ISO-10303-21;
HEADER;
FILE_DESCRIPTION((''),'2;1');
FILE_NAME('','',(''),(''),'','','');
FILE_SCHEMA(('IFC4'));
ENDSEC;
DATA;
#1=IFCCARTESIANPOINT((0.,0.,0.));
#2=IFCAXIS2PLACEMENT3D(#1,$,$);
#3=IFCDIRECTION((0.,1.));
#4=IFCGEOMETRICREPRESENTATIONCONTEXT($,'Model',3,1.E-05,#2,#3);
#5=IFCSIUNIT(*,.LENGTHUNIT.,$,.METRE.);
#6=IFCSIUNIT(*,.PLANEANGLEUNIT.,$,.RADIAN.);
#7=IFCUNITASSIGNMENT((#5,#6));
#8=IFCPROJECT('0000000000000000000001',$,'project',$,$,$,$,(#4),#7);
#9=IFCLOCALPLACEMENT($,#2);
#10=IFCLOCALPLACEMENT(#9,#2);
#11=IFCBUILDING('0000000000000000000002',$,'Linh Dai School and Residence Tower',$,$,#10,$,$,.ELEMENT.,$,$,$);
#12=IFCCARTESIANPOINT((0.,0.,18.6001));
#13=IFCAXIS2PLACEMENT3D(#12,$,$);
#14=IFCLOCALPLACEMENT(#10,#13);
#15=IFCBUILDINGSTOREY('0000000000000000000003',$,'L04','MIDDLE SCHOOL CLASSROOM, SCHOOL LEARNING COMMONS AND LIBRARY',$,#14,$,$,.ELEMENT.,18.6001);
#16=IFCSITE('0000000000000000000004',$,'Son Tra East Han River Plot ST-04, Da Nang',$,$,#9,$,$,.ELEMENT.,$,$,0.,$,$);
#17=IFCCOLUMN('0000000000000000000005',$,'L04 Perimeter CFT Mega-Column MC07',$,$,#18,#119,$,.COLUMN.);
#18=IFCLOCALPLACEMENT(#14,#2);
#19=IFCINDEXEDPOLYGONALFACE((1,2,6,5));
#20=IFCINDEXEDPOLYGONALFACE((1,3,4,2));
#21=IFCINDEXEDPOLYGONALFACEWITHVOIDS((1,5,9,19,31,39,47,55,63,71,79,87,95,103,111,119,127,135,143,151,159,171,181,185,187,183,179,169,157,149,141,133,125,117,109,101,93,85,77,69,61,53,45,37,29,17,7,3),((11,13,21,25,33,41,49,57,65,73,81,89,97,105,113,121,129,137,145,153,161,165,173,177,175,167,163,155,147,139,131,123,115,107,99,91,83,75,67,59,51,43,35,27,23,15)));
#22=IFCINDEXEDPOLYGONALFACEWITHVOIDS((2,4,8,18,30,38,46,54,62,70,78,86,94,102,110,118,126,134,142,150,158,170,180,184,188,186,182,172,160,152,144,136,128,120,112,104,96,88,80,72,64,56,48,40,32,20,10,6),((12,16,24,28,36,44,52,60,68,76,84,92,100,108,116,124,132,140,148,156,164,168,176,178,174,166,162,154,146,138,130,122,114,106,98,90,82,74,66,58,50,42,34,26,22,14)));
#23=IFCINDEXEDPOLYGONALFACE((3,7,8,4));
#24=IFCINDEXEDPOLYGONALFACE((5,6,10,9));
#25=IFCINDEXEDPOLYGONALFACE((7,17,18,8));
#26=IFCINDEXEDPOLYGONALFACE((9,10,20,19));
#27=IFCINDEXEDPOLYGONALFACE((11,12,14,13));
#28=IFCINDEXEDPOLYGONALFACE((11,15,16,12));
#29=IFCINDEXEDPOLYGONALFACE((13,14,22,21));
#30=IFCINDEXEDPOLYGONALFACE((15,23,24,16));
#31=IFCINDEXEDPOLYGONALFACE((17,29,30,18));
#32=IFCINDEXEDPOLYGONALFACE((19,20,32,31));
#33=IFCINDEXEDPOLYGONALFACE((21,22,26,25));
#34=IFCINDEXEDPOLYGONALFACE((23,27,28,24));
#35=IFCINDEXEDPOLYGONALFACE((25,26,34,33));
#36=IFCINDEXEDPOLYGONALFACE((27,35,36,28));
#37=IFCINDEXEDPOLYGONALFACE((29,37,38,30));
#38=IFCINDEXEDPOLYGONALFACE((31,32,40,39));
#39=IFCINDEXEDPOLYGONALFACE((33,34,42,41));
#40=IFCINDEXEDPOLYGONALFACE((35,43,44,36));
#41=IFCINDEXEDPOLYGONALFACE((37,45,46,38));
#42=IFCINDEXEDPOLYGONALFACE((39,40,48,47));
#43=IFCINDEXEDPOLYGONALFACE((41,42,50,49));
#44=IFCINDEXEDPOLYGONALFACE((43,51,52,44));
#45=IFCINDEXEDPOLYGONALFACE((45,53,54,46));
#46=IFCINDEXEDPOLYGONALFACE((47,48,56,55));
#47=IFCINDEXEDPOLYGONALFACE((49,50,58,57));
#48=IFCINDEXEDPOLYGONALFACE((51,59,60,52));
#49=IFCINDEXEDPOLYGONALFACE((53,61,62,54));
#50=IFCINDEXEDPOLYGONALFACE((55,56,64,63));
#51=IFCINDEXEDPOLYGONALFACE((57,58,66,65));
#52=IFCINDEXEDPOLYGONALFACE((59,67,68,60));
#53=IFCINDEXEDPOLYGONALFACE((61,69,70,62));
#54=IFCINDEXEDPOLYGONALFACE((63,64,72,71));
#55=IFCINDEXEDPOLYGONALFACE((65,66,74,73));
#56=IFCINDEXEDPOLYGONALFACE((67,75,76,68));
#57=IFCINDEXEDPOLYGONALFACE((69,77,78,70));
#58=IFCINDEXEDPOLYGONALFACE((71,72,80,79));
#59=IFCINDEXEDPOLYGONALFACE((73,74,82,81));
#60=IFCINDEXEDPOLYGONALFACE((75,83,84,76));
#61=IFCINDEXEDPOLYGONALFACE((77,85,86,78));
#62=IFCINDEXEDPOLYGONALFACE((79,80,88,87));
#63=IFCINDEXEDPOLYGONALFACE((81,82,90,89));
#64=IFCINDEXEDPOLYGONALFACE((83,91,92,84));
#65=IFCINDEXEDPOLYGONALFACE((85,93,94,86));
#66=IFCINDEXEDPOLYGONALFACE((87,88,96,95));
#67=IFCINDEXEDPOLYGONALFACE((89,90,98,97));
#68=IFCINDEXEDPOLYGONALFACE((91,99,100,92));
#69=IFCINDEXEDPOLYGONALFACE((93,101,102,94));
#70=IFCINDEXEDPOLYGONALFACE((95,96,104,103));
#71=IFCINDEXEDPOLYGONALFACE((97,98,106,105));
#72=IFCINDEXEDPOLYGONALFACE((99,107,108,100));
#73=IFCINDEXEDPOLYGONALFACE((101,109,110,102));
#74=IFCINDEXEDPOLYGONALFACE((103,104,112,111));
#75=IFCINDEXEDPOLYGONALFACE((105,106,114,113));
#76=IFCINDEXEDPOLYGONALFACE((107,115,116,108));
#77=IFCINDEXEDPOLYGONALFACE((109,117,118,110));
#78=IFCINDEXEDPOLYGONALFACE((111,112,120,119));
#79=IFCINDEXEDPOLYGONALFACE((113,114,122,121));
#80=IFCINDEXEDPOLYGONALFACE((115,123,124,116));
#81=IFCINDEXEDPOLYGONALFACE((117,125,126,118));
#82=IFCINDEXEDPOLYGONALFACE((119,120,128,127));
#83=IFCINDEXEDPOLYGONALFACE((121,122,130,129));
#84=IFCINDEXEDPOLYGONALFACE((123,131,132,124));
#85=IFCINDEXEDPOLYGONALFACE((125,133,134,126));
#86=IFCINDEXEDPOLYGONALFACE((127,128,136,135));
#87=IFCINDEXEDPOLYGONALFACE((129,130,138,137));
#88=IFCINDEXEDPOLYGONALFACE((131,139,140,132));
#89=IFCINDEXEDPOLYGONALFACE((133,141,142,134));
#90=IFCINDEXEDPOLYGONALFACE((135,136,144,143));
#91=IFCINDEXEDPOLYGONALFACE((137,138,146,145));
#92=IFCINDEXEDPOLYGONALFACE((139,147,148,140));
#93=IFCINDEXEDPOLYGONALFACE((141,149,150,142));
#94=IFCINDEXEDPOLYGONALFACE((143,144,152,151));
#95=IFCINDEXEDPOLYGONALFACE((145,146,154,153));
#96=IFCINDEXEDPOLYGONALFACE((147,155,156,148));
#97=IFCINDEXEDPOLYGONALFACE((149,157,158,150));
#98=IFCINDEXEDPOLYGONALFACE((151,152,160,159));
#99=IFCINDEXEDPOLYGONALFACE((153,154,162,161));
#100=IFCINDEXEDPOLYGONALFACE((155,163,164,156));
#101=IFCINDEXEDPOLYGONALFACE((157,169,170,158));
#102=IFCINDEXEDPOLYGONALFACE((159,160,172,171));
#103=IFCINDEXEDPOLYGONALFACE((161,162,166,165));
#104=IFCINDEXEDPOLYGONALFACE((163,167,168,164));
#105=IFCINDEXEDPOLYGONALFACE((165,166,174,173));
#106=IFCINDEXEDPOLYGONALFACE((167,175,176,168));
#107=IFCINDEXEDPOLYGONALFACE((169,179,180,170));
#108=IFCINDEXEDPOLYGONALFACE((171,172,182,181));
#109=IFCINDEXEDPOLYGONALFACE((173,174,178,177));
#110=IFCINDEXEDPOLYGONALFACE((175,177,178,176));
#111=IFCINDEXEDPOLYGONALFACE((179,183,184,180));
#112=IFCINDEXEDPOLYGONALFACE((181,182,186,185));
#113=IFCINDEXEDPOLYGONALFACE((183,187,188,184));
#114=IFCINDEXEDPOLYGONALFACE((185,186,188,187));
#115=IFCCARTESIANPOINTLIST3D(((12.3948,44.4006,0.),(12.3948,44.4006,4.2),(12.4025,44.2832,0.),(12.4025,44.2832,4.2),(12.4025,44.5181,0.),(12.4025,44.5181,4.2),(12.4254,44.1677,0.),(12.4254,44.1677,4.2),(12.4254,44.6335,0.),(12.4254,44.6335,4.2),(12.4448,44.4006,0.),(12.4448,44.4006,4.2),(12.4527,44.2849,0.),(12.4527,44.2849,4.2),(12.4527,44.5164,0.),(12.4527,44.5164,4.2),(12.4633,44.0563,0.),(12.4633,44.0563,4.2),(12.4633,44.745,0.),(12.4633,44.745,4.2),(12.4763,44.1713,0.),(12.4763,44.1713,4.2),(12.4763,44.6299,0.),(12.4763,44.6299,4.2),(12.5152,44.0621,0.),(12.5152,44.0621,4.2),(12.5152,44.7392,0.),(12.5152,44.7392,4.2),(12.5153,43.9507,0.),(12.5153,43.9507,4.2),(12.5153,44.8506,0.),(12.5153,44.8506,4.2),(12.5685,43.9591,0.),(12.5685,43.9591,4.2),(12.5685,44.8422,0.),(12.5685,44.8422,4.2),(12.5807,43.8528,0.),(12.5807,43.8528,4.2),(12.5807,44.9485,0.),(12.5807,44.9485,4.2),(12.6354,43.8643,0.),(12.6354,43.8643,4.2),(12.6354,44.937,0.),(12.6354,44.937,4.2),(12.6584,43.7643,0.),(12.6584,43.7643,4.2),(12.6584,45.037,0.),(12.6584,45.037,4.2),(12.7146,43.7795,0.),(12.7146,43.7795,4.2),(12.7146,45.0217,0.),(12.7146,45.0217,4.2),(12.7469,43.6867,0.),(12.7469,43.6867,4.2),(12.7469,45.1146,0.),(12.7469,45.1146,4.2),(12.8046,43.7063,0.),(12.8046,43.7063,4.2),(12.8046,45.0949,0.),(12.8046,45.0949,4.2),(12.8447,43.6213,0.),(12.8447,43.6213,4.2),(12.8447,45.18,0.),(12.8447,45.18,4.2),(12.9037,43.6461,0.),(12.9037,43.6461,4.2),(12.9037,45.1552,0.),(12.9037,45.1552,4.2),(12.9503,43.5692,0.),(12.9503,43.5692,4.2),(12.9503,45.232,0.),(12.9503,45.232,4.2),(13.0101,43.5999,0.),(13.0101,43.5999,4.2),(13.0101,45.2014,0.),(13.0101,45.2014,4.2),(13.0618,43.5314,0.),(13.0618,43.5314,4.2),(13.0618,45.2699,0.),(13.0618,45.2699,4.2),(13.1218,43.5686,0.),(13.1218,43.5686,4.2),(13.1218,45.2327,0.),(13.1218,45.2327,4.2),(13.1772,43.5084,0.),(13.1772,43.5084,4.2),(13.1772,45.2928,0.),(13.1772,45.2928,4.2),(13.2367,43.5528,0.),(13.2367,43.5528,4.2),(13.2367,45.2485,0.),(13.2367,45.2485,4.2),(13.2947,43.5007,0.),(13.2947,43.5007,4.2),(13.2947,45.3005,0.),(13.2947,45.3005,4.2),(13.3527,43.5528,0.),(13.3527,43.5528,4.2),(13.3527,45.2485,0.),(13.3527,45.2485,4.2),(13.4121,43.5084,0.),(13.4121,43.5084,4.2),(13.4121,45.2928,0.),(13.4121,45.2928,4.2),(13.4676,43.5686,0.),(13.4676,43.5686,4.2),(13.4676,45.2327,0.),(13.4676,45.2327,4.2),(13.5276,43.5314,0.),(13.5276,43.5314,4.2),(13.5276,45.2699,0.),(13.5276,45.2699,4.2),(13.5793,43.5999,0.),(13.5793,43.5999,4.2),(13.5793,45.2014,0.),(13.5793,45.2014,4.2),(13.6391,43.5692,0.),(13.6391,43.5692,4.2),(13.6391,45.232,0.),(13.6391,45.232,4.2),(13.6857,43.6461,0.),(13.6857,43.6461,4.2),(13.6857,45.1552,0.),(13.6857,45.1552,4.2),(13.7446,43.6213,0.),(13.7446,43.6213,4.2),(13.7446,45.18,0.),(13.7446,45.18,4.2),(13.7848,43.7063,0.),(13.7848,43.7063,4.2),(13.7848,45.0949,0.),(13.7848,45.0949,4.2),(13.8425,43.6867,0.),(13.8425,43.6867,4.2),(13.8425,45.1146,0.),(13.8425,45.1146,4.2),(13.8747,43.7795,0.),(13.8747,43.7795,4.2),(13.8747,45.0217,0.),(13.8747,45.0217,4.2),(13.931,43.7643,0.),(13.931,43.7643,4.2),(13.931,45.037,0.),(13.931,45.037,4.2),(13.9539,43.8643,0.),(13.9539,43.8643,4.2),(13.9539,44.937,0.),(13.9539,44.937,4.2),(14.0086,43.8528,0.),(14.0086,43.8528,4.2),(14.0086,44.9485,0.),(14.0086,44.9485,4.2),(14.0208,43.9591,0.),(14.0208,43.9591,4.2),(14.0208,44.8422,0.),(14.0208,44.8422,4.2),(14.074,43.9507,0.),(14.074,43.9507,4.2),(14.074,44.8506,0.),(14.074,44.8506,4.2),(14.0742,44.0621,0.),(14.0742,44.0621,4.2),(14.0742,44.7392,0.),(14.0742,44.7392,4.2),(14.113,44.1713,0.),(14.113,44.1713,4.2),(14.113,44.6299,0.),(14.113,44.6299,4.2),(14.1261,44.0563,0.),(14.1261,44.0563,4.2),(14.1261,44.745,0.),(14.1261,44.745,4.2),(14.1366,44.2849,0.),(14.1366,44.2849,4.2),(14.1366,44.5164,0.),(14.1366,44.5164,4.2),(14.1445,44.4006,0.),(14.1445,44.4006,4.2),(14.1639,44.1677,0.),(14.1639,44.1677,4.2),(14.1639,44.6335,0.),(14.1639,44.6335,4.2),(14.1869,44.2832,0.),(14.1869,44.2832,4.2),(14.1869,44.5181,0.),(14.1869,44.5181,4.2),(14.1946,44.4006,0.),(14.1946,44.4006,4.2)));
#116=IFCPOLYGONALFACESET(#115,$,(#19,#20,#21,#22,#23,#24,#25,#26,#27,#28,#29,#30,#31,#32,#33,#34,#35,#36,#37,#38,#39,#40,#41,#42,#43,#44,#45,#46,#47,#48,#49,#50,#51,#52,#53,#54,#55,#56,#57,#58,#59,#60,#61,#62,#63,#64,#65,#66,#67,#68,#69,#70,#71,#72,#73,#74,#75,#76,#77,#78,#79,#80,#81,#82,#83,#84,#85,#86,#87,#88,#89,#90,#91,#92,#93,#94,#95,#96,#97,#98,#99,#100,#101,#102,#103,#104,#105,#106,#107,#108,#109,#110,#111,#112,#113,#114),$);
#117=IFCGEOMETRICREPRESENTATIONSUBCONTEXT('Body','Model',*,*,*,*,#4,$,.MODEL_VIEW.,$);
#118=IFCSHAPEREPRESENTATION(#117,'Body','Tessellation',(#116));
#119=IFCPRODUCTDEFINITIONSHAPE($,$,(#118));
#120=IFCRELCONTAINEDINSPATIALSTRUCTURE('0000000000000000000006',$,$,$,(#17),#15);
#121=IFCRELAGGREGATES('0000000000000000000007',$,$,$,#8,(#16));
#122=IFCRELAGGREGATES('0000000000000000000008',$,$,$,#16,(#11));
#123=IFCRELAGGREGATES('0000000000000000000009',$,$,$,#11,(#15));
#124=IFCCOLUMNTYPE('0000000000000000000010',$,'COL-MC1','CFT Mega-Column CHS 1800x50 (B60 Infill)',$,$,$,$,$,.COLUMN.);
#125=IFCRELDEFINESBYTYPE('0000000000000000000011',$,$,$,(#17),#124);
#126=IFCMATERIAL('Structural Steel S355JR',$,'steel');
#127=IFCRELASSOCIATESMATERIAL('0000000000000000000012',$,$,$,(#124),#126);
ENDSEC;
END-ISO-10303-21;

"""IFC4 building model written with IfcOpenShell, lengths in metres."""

from ifc_helpers import new_model, si_unit, direction, frame, origin, origin_2d, place, context, subcontext, project, spatial, hollow_circle, extrude, material, material_profile, profile_set, type_object, element, save


model = new_model("IFC4")

# Units and contexts
model_context = context("Model", 3, precision=1e-05, world=origin(), true_north=direction((0.0, 1.0)))
body_context = subcontext(model_context, "Body", "Model", "MODEL_VIEW")
ifc_project = project(units=[si_unit("LENGTHUNIT", "METRE"), si_unit("PLANEANGLEUNIT", "RADIAN")], contexts=[model_context])

# Site, building, storey
site_placement = place(None, origin())
site = spatial("IfcSite", under=ifc_project, at=site_placement, Name="Son Tra East Han River Plot ST-04, Da Nang", CompositionType="ELEMENT", RefElevation=0.0)
building_placement = place(site_placement, origin())
building = spatial("IfcBuilding", under=site, at=building_placement, Name="Linh Dai School and Residence Tower", CompositionType="ELEMENT")
storey_placement = place(building_placement, frame((0.0, 0.0, 18.6001)))
storey = spatial("IfcBuildingStorey", under=building, at=storey_placement, Name="L04", Description="MIDDLE SCHOOL CLASSROOM, SCHOOL LEARNING COMMONS AND LIBRARY", CompositionType="ELEMENT", Elevation=18.6001)

# Column
ifc_material_1 = material(Name="Structural Steel S355JR", Category="steel")
ifc_material_profile_1 = material_profile(ifc_material_1, hollow_circle(Radius=0.8999, WallThickness=0.05, at=origin_2d()), Name="CHS 1800x50")
ifc_profile_set_1 = profile_set([ifc_material_profile_1], Name="Structural Steel S355JR")
column_type = type_object("IfcColumnType", Name="COL-MC1", Description="CFT Mega-Column CHS 1800x50 (B60 Infill)", PredefinedType="COLUMN", material=ifc_profile_set_1)
for number, where, z_axis, x_axis, name in (
    (1, (13.2947, 44.4006, 0.0), (0.0, 0.0, 1.0), (1.0, 0.0, 0.0), "L04 Perimeter CFT Mega-Column MC07"),
):
    element("IfcColumn", number, at=place(storey_placement, frame(where, z_axis=z_axis, x_axis=x_axis)), inside=storey, type_object=column_type, Name=name, PredefinedType="COLUMN", context=body_context, shape_type="SweptSolid", body=[
        extrude(hollow_circle(Radius=0.8999, WallThickness=0.05, at=origin_2d()), origin(), (0.0, 0.0, 1.0), 4.2),
    ])

save(model, "model.ifc")
